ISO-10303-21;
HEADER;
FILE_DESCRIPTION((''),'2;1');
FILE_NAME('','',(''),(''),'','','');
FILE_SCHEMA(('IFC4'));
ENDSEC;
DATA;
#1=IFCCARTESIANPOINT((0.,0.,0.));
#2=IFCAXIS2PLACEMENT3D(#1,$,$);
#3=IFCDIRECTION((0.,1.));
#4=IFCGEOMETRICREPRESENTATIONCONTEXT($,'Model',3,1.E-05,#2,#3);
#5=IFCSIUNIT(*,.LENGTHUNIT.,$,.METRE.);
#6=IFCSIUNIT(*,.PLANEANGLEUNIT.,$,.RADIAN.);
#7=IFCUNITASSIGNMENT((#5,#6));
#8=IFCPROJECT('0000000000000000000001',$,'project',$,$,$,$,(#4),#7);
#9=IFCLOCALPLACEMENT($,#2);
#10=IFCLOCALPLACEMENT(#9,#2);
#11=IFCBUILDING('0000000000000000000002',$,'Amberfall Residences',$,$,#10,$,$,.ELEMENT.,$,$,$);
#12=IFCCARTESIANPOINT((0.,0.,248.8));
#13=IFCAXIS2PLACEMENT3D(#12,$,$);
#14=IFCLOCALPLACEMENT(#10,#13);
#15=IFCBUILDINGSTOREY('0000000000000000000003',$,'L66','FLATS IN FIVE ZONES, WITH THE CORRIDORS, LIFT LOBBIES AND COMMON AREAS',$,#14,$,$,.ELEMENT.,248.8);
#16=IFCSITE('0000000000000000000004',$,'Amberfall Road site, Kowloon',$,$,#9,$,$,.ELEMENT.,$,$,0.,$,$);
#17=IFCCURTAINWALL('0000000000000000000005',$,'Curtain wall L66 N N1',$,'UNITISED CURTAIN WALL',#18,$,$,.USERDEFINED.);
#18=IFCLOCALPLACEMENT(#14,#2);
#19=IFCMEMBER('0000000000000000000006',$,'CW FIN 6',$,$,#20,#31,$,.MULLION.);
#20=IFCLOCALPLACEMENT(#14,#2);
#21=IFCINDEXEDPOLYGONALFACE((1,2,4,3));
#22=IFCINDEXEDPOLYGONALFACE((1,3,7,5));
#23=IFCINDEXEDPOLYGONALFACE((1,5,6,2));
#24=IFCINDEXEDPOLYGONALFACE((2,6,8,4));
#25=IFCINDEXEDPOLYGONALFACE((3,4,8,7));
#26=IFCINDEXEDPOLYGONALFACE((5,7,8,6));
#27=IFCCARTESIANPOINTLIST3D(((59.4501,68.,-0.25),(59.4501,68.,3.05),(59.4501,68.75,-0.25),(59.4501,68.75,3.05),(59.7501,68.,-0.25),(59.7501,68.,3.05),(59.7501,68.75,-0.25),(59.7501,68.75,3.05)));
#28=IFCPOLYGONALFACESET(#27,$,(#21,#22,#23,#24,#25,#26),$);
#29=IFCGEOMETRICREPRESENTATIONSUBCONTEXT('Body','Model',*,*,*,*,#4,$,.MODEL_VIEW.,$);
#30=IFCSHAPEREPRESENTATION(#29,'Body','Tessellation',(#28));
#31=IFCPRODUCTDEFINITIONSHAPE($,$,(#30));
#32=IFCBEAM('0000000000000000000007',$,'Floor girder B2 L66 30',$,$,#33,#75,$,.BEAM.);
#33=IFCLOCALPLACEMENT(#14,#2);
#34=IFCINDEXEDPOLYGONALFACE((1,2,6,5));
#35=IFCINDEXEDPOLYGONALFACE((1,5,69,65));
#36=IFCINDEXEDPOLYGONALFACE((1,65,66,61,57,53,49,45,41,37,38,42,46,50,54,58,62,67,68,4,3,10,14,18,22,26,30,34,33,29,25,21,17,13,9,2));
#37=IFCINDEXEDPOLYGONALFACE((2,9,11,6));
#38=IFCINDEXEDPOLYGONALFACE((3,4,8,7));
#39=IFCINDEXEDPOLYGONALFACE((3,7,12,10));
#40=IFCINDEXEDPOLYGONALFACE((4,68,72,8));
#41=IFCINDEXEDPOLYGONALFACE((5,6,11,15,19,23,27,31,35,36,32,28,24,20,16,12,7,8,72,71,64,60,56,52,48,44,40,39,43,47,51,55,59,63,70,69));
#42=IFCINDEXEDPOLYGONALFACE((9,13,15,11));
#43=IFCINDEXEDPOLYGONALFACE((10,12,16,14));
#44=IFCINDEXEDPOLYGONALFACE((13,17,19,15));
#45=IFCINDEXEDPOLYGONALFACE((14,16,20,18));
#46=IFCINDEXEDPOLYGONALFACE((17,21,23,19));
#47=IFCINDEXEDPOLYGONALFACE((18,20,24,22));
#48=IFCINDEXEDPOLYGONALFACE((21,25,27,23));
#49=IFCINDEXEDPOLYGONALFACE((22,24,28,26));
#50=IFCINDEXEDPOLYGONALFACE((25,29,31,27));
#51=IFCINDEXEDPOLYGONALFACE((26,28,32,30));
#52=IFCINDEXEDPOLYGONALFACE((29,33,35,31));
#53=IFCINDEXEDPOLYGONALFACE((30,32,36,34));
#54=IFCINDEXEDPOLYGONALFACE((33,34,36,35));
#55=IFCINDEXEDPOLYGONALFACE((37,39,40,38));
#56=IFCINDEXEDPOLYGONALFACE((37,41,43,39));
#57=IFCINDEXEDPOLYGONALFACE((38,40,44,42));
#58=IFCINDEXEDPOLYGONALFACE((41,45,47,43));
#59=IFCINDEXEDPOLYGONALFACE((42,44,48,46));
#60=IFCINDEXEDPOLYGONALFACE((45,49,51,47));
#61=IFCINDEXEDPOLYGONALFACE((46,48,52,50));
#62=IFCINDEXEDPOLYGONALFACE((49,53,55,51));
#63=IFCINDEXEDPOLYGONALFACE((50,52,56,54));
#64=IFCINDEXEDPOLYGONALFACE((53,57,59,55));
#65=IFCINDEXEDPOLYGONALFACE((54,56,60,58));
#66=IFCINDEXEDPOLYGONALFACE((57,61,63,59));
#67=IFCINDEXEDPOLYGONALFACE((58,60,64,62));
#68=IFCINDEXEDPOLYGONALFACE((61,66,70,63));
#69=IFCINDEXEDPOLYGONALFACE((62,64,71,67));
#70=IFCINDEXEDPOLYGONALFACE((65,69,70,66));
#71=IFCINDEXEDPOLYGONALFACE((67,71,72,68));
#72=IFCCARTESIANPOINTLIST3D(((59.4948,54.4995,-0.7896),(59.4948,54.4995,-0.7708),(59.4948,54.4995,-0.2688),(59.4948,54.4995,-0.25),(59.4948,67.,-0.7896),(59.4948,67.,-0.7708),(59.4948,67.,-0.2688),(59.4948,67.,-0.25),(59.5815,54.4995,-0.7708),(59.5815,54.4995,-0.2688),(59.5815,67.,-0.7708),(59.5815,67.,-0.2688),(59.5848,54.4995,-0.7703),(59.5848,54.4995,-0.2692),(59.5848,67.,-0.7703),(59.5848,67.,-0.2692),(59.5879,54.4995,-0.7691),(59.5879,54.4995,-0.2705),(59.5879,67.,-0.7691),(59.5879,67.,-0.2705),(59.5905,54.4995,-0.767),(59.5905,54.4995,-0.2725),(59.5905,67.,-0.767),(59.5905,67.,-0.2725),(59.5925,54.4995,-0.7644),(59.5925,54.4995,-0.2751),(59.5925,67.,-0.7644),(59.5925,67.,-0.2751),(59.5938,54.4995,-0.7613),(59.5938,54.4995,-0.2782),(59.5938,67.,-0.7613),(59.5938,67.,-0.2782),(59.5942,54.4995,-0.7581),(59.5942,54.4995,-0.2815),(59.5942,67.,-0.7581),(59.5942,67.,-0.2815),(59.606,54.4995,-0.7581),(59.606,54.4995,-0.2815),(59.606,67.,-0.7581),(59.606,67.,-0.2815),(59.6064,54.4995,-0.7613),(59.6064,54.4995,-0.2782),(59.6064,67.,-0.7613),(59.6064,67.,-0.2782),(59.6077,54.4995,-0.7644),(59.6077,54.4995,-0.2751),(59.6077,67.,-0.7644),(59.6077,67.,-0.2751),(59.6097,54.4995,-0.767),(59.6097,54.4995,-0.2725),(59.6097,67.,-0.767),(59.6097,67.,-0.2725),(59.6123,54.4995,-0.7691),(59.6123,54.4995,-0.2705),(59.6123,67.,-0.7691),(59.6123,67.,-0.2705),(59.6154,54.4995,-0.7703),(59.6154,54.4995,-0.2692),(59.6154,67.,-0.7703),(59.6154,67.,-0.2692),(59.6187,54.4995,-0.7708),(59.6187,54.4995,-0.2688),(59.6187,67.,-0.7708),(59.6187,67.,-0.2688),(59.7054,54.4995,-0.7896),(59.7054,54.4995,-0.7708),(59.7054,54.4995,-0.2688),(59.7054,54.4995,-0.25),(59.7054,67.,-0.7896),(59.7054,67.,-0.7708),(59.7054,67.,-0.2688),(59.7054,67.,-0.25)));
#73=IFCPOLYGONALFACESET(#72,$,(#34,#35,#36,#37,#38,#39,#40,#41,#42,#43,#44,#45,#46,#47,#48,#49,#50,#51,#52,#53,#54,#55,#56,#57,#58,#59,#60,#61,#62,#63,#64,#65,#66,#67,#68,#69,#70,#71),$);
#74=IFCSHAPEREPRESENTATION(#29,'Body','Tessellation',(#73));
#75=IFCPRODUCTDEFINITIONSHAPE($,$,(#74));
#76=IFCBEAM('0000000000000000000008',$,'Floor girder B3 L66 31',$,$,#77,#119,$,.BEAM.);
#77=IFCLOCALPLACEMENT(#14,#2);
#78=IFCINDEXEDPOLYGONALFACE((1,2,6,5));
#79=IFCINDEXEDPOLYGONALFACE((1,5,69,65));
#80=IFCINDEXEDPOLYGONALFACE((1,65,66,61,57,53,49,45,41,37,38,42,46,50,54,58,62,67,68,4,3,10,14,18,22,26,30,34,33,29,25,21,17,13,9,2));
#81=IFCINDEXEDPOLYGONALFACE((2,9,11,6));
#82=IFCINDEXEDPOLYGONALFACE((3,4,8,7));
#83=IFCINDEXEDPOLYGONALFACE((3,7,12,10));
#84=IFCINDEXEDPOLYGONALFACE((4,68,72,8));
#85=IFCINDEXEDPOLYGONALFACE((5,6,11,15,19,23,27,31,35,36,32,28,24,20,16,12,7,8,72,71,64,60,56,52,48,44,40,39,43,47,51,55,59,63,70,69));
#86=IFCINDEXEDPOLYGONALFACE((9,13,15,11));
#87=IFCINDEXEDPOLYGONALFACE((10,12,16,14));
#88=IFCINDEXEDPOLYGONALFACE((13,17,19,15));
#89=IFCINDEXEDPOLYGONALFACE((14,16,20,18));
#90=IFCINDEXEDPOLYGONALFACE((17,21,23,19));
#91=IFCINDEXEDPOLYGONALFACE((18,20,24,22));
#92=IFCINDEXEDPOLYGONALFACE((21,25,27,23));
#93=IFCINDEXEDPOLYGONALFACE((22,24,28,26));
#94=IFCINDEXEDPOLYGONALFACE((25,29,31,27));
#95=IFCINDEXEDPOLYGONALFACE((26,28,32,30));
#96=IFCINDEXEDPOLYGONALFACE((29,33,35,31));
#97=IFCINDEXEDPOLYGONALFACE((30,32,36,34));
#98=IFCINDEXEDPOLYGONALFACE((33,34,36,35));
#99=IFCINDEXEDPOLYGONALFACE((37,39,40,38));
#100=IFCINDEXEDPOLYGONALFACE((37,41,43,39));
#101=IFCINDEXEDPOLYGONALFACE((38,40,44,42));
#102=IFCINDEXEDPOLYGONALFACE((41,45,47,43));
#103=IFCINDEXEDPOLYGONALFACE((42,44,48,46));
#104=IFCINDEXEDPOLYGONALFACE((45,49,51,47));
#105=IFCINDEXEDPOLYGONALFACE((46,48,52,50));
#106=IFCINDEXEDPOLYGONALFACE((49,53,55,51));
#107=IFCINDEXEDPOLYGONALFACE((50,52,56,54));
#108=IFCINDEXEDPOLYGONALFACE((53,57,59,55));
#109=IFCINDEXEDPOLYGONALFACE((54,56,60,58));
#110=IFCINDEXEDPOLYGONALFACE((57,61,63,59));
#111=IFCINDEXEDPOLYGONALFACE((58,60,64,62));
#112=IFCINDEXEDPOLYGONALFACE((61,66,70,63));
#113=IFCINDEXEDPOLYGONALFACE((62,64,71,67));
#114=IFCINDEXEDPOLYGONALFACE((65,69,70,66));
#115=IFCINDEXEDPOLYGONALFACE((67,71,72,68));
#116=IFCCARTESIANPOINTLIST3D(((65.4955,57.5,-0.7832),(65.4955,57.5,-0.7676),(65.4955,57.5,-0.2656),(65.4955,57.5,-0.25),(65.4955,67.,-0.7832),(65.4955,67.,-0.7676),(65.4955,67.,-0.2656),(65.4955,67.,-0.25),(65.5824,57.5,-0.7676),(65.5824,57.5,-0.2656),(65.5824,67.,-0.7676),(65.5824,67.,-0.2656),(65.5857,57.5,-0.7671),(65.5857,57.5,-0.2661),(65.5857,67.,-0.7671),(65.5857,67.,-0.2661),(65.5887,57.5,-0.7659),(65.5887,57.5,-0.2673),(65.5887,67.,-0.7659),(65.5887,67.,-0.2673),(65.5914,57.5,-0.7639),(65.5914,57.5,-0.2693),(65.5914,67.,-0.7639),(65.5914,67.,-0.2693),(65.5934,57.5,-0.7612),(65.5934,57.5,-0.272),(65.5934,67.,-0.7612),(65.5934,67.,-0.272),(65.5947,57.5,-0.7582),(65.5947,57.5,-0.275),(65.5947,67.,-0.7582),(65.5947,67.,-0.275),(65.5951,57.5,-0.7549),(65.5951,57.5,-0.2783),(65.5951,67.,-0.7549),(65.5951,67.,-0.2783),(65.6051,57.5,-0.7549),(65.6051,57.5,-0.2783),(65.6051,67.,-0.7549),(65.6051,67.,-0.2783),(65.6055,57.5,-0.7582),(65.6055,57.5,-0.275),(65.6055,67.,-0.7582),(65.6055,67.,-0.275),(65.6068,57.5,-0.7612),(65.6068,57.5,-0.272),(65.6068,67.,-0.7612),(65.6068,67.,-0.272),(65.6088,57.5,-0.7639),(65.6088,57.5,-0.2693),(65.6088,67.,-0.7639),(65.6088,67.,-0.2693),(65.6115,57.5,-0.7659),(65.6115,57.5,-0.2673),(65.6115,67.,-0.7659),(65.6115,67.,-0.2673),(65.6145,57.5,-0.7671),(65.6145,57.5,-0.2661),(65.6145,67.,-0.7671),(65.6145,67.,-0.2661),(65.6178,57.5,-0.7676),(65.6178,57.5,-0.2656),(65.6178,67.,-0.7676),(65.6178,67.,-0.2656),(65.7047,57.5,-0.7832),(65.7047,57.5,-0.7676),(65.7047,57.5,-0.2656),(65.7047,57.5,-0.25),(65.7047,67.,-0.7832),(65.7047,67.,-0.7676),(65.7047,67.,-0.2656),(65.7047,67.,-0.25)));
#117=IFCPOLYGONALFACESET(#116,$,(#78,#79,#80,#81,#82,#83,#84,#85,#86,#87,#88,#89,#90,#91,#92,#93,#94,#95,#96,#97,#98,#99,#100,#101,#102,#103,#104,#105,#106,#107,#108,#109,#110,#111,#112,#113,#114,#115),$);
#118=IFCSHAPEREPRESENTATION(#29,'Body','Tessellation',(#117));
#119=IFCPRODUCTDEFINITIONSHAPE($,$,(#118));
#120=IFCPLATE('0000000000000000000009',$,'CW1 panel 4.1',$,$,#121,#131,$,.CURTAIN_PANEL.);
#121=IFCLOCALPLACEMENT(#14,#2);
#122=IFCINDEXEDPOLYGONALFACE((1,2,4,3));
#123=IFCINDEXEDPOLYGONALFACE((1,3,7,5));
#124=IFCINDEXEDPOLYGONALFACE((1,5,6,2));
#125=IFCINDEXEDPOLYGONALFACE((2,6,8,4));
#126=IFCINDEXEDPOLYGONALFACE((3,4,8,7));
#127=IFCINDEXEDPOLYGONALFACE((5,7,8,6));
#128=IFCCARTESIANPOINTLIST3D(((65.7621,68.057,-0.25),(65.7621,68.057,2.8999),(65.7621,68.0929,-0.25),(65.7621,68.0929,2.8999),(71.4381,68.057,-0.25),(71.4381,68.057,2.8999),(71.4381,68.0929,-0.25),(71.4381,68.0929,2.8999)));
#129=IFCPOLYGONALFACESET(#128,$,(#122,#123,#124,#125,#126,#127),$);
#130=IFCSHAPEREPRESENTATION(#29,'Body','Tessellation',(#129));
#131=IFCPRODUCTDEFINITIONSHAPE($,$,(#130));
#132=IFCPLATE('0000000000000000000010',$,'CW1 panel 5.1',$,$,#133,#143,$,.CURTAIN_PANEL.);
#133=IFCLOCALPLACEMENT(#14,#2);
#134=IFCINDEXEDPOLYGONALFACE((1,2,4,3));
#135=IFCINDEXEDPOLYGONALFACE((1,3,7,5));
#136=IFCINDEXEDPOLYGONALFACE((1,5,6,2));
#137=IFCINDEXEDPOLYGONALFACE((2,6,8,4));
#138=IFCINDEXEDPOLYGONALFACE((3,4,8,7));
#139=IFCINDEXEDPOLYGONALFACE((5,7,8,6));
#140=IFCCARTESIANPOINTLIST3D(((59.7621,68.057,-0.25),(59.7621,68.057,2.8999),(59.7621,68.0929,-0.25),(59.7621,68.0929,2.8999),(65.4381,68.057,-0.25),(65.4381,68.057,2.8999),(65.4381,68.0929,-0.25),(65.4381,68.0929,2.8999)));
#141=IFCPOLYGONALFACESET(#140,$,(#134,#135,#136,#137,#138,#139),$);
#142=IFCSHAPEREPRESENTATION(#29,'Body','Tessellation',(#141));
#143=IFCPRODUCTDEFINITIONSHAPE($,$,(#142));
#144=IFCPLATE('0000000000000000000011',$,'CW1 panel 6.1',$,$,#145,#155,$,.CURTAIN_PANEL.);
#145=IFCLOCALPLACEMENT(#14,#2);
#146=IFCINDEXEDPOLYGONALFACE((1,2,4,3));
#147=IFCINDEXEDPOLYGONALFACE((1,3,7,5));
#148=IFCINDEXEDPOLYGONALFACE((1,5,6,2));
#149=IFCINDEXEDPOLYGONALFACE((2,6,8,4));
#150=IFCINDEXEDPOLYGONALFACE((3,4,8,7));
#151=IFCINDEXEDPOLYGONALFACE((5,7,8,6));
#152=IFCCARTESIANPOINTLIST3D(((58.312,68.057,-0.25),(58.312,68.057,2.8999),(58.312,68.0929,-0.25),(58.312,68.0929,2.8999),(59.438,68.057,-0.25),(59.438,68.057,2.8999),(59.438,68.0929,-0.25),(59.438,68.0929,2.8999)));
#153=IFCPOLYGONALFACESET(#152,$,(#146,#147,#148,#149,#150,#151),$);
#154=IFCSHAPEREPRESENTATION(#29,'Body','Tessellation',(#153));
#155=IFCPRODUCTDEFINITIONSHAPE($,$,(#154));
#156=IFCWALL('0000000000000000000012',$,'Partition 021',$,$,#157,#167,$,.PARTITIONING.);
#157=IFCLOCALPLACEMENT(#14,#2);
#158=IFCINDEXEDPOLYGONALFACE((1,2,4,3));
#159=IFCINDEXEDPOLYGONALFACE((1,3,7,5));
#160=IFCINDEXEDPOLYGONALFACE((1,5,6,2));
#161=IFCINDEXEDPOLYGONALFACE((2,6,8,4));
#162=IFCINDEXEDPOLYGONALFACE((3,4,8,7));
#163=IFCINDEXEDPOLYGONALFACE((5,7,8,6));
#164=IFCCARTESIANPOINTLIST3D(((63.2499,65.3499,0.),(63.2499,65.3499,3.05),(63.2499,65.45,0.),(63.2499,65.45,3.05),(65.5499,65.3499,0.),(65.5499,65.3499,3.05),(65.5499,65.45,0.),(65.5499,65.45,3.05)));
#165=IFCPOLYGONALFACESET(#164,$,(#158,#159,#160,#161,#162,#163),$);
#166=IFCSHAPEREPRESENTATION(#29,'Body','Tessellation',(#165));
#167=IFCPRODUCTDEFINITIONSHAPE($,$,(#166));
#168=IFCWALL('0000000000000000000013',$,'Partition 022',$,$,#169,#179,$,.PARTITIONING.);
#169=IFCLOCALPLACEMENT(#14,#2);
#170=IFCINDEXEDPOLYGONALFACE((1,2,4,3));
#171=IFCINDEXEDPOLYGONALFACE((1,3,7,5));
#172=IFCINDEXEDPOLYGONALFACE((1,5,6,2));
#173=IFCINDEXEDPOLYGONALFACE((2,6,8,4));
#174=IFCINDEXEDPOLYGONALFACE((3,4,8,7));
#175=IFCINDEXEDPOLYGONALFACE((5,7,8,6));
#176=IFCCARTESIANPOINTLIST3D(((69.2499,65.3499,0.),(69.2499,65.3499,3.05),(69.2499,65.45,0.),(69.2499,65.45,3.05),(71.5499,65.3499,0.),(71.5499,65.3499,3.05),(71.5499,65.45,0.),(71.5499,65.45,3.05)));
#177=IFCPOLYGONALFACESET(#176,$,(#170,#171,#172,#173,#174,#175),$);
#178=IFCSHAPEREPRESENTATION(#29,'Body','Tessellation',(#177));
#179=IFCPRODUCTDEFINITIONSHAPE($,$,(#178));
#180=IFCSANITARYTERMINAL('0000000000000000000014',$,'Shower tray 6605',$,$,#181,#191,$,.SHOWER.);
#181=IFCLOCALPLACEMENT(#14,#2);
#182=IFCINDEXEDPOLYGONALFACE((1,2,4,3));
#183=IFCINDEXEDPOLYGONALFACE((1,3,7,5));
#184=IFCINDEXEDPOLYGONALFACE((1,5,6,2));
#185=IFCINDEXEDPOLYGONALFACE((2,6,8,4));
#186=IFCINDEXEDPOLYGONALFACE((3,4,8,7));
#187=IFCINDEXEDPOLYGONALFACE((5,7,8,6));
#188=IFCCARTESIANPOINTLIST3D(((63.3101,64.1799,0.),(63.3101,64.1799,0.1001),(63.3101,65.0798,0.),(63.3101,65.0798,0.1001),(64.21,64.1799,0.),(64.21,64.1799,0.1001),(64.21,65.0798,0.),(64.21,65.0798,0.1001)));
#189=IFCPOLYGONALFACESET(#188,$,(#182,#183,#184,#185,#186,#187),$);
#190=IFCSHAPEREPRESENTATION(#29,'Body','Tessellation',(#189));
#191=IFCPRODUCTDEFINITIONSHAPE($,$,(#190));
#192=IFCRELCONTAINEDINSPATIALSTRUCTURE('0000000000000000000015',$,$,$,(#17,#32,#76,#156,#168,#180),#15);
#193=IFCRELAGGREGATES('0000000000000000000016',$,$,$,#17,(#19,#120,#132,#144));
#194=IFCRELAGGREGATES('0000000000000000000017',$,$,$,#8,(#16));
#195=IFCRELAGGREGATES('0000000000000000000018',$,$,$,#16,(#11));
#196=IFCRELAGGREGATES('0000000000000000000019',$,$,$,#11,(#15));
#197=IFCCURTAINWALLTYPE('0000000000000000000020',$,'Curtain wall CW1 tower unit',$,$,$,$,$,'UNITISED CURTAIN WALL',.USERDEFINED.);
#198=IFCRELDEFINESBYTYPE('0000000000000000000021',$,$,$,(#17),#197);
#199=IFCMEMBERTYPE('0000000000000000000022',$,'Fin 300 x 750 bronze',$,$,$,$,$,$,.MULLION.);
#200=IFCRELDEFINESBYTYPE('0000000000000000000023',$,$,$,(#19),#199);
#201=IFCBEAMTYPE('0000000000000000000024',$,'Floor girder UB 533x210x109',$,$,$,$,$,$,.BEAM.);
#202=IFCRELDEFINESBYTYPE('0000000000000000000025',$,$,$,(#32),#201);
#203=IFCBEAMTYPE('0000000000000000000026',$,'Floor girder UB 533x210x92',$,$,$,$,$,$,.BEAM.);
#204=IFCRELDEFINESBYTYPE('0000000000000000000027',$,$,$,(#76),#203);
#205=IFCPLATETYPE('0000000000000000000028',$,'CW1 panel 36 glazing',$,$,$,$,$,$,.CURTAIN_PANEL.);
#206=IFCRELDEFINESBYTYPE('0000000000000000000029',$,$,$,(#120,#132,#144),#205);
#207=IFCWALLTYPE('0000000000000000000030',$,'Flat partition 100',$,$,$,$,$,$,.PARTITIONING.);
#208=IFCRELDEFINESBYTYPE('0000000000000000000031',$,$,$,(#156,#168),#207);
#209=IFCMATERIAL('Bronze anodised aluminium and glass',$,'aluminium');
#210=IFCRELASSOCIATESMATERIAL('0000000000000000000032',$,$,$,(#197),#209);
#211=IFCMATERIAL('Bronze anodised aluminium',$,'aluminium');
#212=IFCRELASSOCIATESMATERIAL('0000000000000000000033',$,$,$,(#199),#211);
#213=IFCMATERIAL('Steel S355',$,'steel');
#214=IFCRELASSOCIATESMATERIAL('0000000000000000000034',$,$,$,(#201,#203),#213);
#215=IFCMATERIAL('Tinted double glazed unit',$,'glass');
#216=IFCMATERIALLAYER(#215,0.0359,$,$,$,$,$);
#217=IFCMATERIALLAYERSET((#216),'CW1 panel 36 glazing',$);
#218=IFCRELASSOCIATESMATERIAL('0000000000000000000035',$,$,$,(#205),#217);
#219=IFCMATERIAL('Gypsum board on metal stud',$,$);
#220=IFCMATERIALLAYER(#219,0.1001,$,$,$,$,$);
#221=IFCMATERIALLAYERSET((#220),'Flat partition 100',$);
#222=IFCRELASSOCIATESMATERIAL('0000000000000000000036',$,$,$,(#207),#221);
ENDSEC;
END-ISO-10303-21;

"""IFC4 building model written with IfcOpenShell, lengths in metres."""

from ifc_helpers import new_model, si_unit, direction, frame, frame_2d, origin, origin_2d, place, context, subcontext, project, spatial, rectangle, i_section, extrude, material, layer, layer_set, material_profile, profile_set, type_object, element, aggregate, save


model = new_model("IFC4")

# Units and contexts
model_context = context("Model", 3, precision=1e-05, world=origin(), true_north=direction((0.0, 1.0)))
body_context = subcontext(model_context, "Body", "Model", "MODEL_VIEW")
ifc_project = project(units=[si_unit("LENGTHUNIT", "METRE"), si_unit("PLANEANGLEUNIT", "RADIAN")], contexts=[model_context])

# Site, building, storey
site_placement = place(None, origin())
site = spatial("IfcSite", under=ifc_project, at=site_placement, Name="Amberfall Road site, Kowloon", CompositionType="ELEMENT", RefElevation=0.0)
building_placement = place(site_placement, origin())
building = spatial("IfcBuilding", under=site, at=building_placement, Name="Amberfall Residences", CompositionType="ELEMENT")
storey_placement = place(building_placement, frame((0.0, 0.0, 248.8)))
storey = spatial("IfcBuildingStorey", under=building, at=storey_placement, Name="L66", Description="FLATS IN FIVE ZONES, WITH THE CORRIDORS, LIFT LOBBIES AND COMMON AREAS", CompositionType="ELEMENT", Elevation=248.8)

# Curtain wall
ifc_material_1 = material(Name="Bronze anodised aluminium and glass", Category="aluminium")
curtain_wall_type = type_object("IfcCurtainWallType", Name="Curtain wall CW1 tower unit", ElementType="UNITISED CURTAIN WALL", PredefinedType="USERDEFINED", material=ifc_material_1)
curtain_wall_placement = place(storey_placement, origin())
curtain_wall = element("IfcCurtainWall", 1, at=curtain_wall_placement, inside=storey, type_object=curtain_wall_type, Name="Curtain wall L66 N N1", ObjectType="UNITISED CURTAIN WALL", PredefinedType="USERDEFINED")
ifc_material_2 = material(Name="Bronze anodised aluminium", Category="aluminium")

# Shared definitions
ifc_material_3 = material(Name="Steel S355", Category="steel")

# Member
ifc_material_profile_1 = material_profile(ifc_material_2, rectangle(XDim=0.75, YDim=0.3, at=origin_2d()), Name="Fin 300 x 750 bronze")
ifc_profile_set_1 = profile_set([ifc_material_profile_1], Name="Bronze anodised aluminium")
member_type_1 = type_object("IfcMemberType", Name="Fin 300 x 750 bronze", PredefinedType="MULLION", material=ifc_profile_set_1)
member_1_placement = place(storey_placement, frame((59.6001, 68.375, -0.25), z_axis=(0.0, 0.0, 1.0), x_axis=(0.0, -1.0, 0.0)))
member_1 = element("IfcMember", 2, at=member_1_placement, type_object=member_type_1, Name="CW FIN 6", PredefinedType="MULLION", context=body_context, shape_type="SweptSolid", body=[
    extrude(rectangle(XDim=0.75, YDim=0.3, at=origin_2d()), origin(), (0.0, 0.0, 1.0), 3.3),
])

# Beams
ifc_material_profile_2 = material_profile(ifc_material_3, i_section(OverallWidth=0.2107, OverallDepth=0.5396, WebThickness=0.0117, FlangeThickness=0.0188, FilletRadius=0.0127, at=origin_2d()), Name="UB 533x210x109")
ifc_profile_set_2 = profile_set([ifc_material_profile_2], Name="Steel S355")
beam_type_1 = type_object("IfcBeamType", Name="Floor girder UB 533x210x109", PredefinedType="BEAM", material=ifc_profile_set_2)
beam_1_placement = place(storey_placement, frame((59.6001, 67.0, -0.5198), z_axis=(0.0, -1.0, 0.0), x_axis=(1.0, 0.0, 0.0)))
element("IfcBeam", 3, at=beam_1_placement, inside=storey, type_object=beam_type_1, Name="Floor girder B2 L66 30", PredefinedType="BEAM", context=body_context, shape_type="SweptSolid", body=[
    extrude(i_section(OverallWidth=0.2107, OverallDepth=0.5396, WebThickness=0.0117, FlangeThickness=0.0188, FilletRadius=0.0127, at=origin_2d()), origin(), (0.0, 0.0, 1.0), 12.5005),
])
ifc_material_profile_3 = material_profile(ifc_material_3, i_section(OverallWidth=0.2092, OverallDepth=0.5332, WebThickness=0.01, FlangeThickness=0.0156, FilletRadius=0.0127, at=origin_2d()), Name="UB 533x210x92")
ifc_profile_set_3 = profile_set([ifc_material_profile_3], Name="Steel S355")
beam_type_2 = type_object("IfcBeamType", Name="Floor girder UB 533x210x92", PredefinedType="BEAM", material=ifc_profile_set_3)
beam_2_placement = place(storey_placement, frame((65.6001, 67.0, -0.5166), z_axis=(0.0, -1.0, 0.0), x_axis=(1.0, 0.0, 0.0)))
element("IfcBeam", 4, at=beam_2_placement, inside=storey, type_object=beam_type_2, Name="Floor girder B3 L66 31", PredefinedType="BEAM", context=body_context, shape_type="SweptSolid", body=[
    extrude(i_section(OverallWidth=0.2092, OverallDepth=0.5332, WebThickness=0.01, FlangeThickness=0.0156, FilletRadius=0.0127, at=origin_2d()), origin(), (0.0, 0.0, 1.0), 9.5),
])

# Plates
ifc_material_4 = material(Name="Tinted double glazed unit", Category="glass")
ifc_layer_1 = layer(ifc_material_4, 0.0359)
ifc_layer_set_1 = layer_set([ifc_layer_1], Name="CW1 panel 36 glazing")
plate_type = type_object("IfcPlateType", Name="CW1 panel 36 glazing", PredefinedType="CURTAIN_PANEL", material=ifc_layer_set_1)
plate_1_placement = place(storey_placement, frame((68.6001, 68.075, -0.25), z_axis=(0.0, 0.0, 1.0), x_axis=(-1.0, 0.0, 0.0)))
plate_1 = element("IfcPlate", 5, at=plate_1_placement, type_object=plate_type, Name="CW1 panel 4.1", PredefinedType="CURTAIN_PANEL", context=body_context, shape_type="SweptSolid", body=[
    extrude(rectangle(XDim=5.676, YDim=0.0359, at=origin_2d()), origin(), (0.0, 0.0, 1.0), 3.1499),
])
plate_2_placement = place(storey_placement, frame((62.6001, 68.075, -0.25), z_axis=(0.0, 0.0, 1.0), x_axis=(-1.0, 0.0, 0.0)))
plate_2 = element("IfcPlate", 6, at=plate_2_placement, type_object=plate_type, Name="CW1 panel 5.1", PredefinedType="CURTAIN_PANEL", context=body_context, shape_type="SweptSolid", body=[
    extrude(rectangle(XDim=5.676, YDim=0.0359, at=origin_2d()), origin(), (0.0, 0.0, 1.0), 3.1499),
])
plate_3_placement = place(storey_placement, frame((58.875, 68.075, -0.25), z_axis=(0.0, 0.0, 1.0), x_axis=(-1.0, 0.0, 0.0)))
plate_3 = element("IfcPlate", 7, at=plate_3_placement, type_object=plate_type, Name="CW1 panel 6.1", PredefinedType="CURTAIN_PANEL", context=body_context, shape_type="SweptSolid", body=[
    extrude(rectangle(XDim=1.126, YDim=0.0359, at=origin_2d()), origin(), (0.0, 0.0, 1.0), 3.1499),
])
aggregate(curtain_wall, [member_1, plate_1, plate_2, plate_3])

# Walls
ifc_material_5 = material(Name="Gypsum board on metal stud")
ifc_layer_2 = layer(ifc_material_5, 0.1001)
ifc_layer_set_2 = layer_set([ifc_layer_2], Name="Flat partition 100")
wall_type = type_object("IfcWallType", Name="Flat partition 100", PredefinedType="PARTITIONING", material=ifc_layer_set_2)
for number, where, z_axis, x_axis, name in (
    (8, (63.25, 65.3999, 0.0), (0.0, 0.0, 1.0), (1.0, 0.0, 0.0), "Partition 021"),
    (9, (69.25, 65.3999, 0.0), (0.0, 0.0, 1.0), (1.0, 0.0, 0.0), "Partition 022"),
):
    element("IfcWall", number, at=place(storey_placement, frame(where, z_axis=z_axis, x_axis=x_axis)), inside=storey, type_object=wall_type, Name=name, PredefinedType="PARTITIONING", context=body_context, shape_type="SweptSolid", body=[
        extrude(rectangle(XDim=2.3, YDim=0.1001, at=frame_2d((1.1499, 0.0))), origin(), (0.0, 0.0, 1.0), 3.05),
    ])

# Sanitary terminal
for number, where, z_axis, x_axis, name in (
    (10, (63.76, 64.6299, 0.0), (0.0, 0.0, 1.0), (1.0, 0.0, 0.0), "Shower tray 6605"),
):
    element("IfcSanitaryTerminal", number, at=place(storey_placement, frame(where, z_axis=z_axis, x_axis=x_axis)), inside=storey, Name=name, PredefinedType="SHOWER", context=body_context, shape_type="SweptSolid", body=[
        extrude(rectangle(XDim=0.8999, YDim=0.8999, at=origin_2d()), origin(), (0.0, 0.0, 1.0), 0.1001),
    ])

save(model, "model.ifc")
